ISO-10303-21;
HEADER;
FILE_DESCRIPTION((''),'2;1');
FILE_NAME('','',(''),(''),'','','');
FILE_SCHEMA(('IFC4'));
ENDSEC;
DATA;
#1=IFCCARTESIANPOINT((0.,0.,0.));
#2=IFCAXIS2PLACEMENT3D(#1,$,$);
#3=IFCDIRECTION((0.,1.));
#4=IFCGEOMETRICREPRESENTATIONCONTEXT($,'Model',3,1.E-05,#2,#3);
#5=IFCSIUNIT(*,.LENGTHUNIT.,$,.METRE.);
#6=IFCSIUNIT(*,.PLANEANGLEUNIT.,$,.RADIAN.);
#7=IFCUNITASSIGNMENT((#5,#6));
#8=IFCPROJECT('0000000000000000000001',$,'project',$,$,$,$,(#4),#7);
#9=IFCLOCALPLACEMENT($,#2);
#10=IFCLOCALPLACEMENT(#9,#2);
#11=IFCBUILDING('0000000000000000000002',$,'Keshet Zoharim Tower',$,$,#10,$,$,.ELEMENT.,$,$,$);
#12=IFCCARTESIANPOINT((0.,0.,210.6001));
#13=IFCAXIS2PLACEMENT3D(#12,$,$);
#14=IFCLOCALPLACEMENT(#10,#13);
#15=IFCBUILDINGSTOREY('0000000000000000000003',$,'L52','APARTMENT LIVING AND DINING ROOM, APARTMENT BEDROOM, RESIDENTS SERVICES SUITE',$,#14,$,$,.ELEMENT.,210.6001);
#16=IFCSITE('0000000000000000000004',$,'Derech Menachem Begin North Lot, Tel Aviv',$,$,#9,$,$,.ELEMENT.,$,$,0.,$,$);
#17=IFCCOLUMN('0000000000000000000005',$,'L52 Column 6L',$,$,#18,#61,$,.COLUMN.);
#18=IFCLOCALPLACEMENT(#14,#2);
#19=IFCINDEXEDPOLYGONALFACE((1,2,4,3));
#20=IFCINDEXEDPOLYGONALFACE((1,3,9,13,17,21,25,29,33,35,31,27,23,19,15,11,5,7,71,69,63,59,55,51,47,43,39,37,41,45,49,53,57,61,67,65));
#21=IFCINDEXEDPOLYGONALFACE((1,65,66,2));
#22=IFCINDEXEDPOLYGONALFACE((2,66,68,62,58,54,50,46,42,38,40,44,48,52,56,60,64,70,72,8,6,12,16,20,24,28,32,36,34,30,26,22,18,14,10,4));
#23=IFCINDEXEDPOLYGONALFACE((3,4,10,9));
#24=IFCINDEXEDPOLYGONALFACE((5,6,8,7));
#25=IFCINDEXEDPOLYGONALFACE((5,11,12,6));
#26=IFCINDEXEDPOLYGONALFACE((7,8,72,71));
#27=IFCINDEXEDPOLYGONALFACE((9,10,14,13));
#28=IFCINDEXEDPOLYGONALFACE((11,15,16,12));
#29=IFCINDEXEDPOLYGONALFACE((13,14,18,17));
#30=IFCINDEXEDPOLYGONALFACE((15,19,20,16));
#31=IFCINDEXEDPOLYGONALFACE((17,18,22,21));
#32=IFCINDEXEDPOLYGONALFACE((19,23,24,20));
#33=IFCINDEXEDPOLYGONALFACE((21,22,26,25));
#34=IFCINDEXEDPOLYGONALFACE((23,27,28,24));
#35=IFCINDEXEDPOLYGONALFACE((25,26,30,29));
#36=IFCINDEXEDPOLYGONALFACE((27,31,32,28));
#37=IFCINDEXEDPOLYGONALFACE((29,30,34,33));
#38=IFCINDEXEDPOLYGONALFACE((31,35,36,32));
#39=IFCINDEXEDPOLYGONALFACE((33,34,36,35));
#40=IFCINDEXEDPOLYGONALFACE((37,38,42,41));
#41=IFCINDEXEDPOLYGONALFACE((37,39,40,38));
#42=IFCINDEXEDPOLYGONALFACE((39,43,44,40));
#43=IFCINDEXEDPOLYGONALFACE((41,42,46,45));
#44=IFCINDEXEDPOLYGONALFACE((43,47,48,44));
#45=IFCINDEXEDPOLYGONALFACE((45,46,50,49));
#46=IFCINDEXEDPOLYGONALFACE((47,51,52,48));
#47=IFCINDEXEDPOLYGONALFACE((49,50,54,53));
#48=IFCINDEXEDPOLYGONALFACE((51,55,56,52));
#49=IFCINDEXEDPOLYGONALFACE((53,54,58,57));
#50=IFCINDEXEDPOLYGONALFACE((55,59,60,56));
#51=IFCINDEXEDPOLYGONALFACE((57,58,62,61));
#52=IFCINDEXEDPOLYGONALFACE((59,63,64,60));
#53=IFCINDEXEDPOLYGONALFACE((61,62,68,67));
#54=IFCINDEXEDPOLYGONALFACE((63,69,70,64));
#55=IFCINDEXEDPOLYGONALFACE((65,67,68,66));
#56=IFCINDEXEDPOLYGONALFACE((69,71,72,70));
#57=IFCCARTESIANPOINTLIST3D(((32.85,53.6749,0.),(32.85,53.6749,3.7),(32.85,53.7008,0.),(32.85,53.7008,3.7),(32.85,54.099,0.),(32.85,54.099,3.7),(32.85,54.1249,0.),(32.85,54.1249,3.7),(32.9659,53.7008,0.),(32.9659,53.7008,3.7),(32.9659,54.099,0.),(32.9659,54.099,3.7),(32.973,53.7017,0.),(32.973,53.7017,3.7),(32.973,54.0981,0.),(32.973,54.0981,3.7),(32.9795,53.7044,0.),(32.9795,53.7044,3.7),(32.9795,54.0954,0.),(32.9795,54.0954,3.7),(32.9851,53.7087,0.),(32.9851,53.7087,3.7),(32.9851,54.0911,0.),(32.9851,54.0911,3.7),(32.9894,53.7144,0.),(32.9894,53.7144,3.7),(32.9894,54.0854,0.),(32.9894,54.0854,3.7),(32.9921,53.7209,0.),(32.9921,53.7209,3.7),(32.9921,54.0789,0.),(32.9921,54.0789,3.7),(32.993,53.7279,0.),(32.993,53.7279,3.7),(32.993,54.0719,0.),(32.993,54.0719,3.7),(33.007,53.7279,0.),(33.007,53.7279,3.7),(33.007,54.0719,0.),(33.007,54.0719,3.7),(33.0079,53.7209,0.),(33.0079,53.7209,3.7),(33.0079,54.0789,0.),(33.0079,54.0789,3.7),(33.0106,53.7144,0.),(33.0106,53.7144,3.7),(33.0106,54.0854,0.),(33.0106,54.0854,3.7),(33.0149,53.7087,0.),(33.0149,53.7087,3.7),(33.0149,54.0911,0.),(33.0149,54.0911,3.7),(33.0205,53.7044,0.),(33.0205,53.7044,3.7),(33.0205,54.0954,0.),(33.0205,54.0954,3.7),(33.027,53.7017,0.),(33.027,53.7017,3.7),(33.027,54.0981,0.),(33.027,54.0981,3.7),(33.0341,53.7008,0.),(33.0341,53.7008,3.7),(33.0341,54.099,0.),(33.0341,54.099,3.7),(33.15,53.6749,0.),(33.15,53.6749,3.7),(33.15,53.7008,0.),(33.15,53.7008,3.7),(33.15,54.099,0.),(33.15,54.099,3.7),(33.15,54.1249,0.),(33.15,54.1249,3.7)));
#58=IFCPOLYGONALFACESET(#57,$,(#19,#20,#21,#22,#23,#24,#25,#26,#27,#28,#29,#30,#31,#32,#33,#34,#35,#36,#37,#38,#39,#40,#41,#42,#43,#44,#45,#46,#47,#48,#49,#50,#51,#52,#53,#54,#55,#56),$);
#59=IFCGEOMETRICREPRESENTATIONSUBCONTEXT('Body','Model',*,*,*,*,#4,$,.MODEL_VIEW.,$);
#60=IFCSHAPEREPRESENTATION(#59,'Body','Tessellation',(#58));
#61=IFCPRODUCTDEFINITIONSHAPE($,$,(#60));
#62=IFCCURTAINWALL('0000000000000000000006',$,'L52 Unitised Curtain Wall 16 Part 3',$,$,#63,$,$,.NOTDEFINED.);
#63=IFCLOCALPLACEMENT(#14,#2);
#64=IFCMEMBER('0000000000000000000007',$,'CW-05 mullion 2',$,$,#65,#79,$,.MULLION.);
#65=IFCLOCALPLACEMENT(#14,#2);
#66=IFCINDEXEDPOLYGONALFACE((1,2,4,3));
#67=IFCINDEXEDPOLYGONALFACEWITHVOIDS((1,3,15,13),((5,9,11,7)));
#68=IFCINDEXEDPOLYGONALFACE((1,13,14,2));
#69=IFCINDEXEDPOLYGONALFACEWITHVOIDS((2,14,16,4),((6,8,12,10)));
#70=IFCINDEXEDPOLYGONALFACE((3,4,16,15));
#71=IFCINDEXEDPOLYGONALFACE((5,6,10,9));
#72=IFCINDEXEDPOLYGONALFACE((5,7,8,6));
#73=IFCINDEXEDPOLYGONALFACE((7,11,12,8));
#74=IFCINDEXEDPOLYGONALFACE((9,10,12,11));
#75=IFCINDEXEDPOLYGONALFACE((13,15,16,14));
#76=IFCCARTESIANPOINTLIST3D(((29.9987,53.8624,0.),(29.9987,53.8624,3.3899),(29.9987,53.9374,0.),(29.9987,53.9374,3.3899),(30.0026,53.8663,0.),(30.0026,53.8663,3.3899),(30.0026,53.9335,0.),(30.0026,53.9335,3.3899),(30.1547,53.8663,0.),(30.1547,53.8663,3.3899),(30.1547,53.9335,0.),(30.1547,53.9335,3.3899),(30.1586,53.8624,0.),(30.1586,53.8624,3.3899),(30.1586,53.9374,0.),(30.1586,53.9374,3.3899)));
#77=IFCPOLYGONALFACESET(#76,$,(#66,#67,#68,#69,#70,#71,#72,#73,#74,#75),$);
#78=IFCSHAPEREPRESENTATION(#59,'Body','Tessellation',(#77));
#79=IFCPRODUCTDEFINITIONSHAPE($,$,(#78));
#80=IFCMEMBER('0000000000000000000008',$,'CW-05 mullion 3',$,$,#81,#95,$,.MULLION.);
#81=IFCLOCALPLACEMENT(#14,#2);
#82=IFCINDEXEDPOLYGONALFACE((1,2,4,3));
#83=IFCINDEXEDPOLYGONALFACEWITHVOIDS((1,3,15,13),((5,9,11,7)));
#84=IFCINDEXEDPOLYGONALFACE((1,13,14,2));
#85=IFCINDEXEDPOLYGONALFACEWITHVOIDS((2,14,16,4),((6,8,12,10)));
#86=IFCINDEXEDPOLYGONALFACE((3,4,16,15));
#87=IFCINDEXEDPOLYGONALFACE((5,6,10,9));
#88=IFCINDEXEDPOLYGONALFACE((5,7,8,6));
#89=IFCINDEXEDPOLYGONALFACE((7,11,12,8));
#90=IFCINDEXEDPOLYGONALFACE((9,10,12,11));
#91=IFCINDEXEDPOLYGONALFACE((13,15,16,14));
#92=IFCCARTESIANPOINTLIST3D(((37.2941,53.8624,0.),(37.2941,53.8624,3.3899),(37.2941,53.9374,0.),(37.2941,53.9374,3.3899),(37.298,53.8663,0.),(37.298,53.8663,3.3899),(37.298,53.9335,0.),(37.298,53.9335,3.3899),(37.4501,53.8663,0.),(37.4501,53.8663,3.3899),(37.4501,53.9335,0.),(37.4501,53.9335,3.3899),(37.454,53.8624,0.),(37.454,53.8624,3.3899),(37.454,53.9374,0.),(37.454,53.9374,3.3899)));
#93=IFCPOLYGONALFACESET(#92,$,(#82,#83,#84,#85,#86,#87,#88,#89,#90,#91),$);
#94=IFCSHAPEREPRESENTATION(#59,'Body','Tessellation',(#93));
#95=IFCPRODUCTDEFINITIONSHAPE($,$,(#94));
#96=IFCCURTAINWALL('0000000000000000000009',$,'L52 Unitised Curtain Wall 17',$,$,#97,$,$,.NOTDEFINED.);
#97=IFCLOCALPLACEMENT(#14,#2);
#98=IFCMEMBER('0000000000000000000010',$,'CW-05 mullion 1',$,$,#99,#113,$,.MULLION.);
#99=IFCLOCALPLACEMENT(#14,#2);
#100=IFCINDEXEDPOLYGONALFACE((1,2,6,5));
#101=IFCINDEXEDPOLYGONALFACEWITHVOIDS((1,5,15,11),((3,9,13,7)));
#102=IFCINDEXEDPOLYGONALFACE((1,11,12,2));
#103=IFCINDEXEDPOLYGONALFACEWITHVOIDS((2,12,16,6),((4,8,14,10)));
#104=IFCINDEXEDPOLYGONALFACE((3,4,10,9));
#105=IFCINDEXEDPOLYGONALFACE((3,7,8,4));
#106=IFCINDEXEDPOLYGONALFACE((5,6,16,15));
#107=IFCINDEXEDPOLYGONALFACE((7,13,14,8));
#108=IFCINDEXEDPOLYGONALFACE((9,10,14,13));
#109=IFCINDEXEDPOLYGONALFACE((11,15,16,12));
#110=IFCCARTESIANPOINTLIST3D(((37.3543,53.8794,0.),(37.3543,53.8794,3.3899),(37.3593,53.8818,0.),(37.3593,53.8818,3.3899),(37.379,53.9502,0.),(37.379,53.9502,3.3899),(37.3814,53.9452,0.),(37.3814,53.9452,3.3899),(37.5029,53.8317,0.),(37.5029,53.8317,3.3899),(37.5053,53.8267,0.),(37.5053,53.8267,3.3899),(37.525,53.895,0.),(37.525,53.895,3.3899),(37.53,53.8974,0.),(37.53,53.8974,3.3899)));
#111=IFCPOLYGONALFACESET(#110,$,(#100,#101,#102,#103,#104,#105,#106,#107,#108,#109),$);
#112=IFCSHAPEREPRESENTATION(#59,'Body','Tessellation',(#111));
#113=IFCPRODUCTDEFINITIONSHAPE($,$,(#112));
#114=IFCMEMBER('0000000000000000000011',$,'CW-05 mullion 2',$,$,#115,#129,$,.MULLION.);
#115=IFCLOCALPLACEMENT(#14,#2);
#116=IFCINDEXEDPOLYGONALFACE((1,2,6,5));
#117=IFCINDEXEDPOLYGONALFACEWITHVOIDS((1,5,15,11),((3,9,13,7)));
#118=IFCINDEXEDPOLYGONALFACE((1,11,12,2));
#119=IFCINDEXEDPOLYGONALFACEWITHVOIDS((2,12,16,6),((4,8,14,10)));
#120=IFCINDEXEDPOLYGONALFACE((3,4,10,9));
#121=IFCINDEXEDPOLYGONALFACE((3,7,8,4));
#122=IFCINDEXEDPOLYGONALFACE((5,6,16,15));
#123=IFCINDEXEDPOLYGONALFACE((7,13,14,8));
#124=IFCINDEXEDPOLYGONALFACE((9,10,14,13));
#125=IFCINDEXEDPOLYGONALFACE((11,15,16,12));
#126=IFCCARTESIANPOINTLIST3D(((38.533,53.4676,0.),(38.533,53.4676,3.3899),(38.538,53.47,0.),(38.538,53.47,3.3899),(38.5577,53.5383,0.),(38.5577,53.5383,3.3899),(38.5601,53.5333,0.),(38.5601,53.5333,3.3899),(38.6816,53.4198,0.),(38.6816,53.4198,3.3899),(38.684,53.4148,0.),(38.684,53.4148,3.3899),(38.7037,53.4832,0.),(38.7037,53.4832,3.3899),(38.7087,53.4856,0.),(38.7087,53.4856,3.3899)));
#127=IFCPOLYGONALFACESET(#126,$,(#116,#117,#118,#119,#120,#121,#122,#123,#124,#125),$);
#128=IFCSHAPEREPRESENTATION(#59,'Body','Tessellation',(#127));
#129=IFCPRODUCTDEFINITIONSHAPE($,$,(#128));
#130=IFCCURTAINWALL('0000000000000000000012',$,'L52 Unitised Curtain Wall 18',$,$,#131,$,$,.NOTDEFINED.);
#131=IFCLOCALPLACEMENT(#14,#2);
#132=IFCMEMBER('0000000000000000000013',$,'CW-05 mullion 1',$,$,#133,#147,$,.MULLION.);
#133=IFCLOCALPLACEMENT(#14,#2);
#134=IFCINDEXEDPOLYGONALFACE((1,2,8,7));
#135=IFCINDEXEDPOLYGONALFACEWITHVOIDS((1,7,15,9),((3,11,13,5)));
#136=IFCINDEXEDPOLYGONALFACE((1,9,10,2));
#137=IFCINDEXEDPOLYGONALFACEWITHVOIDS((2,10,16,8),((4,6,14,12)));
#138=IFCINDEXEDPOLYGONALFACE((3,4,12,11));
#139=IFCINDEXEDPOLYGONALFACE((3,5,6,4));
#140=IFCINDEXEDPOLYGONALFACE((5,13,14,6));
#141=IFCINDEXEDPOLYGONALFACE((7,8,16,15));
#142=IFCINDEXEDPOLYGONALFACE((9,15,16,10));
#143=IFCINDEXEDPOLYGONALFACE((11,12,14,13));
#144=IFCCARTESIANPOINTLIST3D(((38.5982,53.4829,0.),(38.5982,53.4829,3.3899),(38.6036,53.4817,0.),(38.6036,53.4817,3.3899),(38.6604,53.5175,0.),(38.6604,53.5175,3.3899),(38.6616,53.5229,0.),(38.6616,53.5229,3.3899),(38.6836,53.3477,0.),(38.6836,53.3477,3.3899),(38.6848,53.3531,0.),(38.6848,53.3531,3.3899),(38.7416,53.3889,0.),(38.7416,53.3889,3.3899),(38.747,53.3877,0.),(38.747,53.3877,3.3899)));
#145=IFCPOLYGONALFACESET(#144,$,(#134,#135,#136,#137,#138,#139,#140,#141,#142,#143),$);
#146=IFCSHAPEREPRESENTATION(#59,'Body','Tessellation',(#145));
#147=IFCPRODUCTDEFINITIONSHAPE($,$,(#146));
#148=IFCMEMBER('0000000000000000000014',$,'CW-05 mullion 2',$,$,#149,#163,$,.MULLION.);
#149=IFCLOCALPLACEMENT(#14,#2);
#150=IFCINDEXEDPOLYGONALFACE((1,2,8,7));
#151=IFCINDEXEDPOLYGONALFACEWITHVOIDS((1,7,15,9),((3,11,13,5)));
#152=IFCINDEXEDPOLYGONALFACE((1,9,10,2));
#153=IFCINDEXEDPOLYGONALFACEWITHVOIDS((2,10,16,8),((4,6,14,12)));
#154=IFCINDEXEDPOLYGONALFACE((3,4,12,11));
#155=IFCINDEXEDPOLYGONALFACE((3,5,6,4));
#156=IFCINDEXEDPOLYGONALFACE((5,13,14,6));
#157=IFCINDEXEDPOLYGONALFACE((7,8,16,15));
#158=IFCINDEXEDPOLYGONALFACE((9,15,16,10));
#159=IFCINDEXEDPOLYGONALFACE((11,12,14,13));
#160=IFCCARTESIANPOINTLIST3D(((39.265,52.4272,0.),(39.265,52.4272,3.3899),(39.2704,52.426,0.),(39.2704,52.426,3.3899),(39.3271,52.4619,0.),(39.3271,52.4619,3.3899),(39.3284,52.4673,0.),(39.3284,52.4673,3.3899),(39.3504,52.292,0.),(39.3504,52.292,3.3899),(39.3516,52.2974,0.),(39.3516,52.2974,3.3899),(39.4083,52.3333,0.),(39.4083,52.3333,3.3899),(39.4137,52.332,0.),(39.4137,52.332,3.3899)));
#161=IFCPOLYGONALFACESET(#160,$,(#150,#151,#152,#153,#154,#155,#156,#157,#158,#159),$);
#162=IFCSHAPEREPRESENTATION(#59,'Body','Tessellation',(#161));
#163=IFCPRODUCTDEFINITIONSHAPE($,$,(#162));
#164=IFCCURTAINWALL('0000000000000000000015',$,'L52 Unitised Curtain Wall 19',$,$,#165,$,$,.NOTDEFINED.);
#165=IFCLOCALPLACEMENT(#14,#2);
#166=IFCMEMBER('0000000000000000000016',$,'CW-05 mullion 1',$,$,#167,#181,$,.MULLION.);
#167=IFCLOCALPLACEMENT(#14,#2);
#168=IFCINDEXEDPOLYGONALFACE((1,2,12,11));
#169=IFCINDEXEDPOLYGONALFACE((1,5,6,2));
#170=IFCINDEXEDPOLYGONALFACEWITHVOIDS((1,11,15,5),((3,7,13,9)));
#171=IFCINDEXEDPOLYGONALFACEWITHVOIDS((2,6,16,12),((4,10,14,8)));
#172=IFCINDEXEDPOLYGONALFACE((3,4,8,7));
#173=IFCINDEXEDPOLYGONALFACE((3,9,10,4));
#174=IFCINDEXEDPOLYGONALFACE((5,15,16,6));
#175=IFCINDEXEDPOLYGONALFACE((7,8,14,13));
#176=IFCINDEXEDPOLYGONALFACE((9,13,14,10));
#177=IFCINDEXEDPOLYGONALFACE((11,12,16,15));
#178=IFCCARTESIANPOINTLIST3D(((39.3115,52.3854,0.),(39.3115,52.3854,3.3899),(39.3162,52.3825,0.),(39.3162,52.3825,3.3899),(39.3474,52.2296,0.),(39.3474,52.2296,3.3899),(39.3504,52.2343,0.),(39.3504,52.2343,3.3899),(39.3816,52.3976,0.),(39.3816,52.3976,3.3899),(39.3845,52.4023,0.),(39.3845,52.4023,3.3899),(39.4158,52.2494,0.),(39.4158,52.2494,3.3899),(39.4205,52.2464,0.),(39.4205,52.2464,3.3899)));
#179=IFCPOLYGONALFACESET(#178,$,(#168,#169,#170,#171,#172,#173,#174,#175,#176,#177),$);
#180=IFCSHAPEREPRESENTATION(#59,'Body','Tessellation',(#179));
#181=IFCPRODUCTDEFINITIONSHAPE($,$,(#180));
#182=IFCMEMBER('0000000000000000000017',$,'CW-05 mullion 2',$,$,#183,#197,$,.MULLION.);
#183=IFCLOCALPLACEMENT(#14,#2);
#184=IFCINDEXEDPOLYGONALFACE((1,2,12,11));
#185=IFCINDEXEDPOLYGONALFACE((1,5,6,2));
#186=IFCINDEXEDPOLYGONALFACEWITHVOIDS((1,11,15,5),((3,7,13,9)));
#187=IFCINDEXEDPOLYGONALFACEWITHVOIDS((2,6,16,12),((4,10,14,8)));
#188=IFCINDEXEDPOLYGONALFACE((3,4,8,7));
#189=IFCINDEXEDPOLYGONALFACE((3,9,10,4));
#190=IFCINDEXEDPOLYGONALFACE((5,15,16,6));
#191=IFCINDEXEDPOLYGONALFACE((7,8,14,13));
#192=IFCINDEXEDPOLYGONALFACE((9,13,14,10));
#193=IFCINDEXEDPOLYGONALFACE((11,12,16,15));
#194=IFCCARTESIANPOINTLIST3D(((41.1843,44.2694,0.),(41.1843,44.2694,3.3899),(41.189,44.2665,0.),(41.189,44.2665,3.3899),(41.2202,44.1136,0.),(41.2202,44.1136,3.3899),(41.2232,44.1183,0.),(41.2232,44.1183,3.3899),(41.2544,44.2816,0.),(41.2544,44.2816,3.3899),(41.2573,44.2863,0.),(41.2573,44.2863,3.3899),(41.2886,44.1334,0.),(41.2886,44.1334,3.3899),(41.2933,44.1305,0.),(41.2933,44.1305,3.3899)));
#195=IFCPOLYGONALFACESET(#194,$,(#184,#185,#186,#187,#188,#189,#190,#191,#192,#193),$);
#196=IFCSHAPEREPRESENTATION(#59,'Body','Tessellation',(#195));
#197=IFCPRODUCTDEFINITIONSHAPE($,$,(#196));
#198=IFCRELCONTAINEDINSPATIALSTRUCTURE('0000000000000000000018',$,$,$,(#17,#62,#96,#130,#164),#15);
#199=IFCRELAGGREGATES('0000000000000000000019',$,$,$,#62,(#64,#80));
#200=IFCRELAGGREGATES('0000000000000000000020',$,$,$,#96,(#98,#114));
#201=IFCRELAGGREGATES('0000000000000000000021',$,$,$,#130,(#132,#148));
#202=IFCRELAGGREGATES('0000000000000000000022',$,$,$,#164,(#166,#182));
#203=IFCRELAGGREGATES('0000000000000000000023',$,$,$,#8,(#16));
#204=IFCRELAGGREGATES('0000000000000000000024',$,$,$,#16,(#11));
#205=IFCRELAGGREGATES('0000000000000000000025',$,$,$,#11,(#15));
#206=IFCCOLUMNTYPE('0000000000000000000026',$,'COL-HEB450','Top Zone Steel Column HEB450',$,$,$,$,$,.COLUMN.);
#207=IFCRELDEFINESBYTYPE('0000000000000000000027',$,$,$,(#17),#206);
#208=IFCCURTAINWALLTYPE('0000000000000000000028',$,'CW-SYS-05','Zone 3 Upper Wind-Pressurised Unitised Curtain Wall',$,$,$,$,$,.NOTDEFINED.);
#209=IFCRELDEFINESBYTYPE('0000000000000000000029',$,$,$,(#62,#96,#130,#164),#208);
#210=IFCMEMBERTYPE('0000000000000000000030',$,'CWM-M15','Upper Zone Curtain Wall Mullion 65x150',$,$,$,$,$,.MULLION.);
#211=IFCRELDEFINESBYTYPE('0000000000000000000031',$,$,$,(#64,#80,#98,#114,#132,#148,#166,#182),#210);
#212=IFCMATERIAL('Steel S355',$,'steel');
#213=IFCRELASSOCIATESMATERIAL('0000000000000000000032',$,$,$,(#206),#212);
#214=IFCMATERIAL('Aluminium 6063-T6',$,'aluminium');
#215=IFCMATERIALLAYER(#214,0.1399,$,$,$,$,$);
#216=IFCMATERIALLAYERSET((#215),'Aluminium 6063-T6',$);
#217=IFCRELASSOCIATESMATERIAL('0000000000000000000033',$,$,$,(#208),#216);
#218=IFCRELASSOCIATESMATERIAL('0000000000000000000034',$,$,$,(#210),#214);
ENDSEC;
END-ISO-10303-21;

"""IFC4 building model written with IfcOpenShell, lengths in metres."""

from ifc_helpers import new_model, si_unit, direction, frame, origin, origin_2d, place, context, subcontext, project, spatial, hollow_rectangle, i_section, extrude, material, layer, layer_set, material_profile, profile_set, type_object, element, aggregate, save


model = new_model("IFC4")

# Units and contexts
model_context = context("Model", 3, precision=1e-05, world=origin(), true_north=direction((0.0, 1.0)))
body_context = subcontext(model_context, "Body", "Model", "MODEL_VIEW")
ifc_project = project(units=[si_unit("LENGTHUNIT", "METRE"), si_unit("PLANEANGLEUNIT", "RADIAN")], contexts=[model_context])

# Site, building, storey
site_placement = place(None, origin())
site = spatial("IfcSite", under=ifc_project, at=site_placement, Name="Derech Menachem Begin North Lot, Tel Aviv", CompositionType="ELEMENT", RefElevation=0.0)
building_placement = place(site_placement, origin())
building = spatial("IfcBuilding", under=site, at=building_placement, Name="Keshet Zoharim Tower", CompositionType="ELEMENT")
storey_placement = place(building_placement, frame((0.0, 0.0, 210.6001)))
storey = spatial("IfcBuildingStorey", under=building, at=storey_placement, Name="L52", Description="APARTMENT LIVING AND DINING ROOM, APARTMENT BEDROOM, RESIDENTS SERVICES SUITE", CompositionType="ELEMENT", Elevation=210.6001)

# Column
ifc_material_1 = material(Name="Steel S355", Category="steel")
ifc_material_profile_1 = material_profile(ifc_material_1, i_section(OverallWidth=0.3, OverallDepth=0.45, WebThickness=0.0139, FlangeThickness=0.0259, FilletRadius=0.0271, at=origin_2d()), Name="HEB450")
ifc_profile_set_1 = profile_set([ifc_material_profile_1], Name="Steel S355")
column_type = type_object("IfcColumnType", Name="COL-HEB450", Description="Top Zone Steel Column HEB450", PredefinedType="COLUMN", material=ifc_profile_set_1)
column_placement = place(storey_placement, frame((33.0, 53.8999, 0.0), z_axis=(0.0, 0.0, 1.0), x_axis=(1.0, 0.0, 0.0)))
element("IfcColumn", 1, at=column_placement, inside=storey, type_object=column_type, Name="L52 Column 6L", PredefinedType="COLUMN", context=body_context, shape_type="SweptSolid", body=[
    extrude(i_section(OverallWidth=0.3, OverallDepth=0.45, WebThickness=0.0139, FlangeThickness=0.0259, FilletRadius=0.0271, at=origin_2d()), origin(), (0.0, 0.0, 1.0), 3.7),
])

# Curtain walls, members
ifc_material_2 = material(Name="Aluminium 6063-T6", Category="aluminium")
ifc_layer_1 = layer(ifc_material_2, 0.1399)
ifc_layer_set_1 = layer_set([ifc_layer_1], Name="Aluminium 6063-T6")
curtain_wall_type = type_object("IfcCurtainWallType", Name="CW-SYS-05", Description="Zone 3 Upper Wind-Pressurised Unitised Curtain Wall", PredefinedType="NOTDEFINED", material=ifc_layer_set_1)
curtain_wall_1_placement = place(storey_placement, origin())
curtain_wall_1 = element("IfcCurtainWall", 2, at=curtain_wall_1_placement, inside=storey, type_object=curtain_wall_type, Name="L52 Unitised Curtain Wall 16 Part 3", PredefinedType="NOTDEFINED")
ifc_material_profile_2 = material_profile(ifc_material_2, hollow_rectangle(XDim=0.075, YDim=0.1599, WallThickness=0.0039, at=origin_2d()), Name="MUL-75x160")
ifc_profile_set_2 = profile_set([ifc_material_profile_2], Name="Aluminium 6063-T6")
member_type_1 = type_object("IfcMemberType", Name="CWM-M15", Description="Upper Zone Curtain Wall Mullion 65x150", PredefinedType="MULLION", material=ifc_profile_set_2)
member_1_placement = place(storey_placement, frame((30.0786, 53.8999, 0.0), z_axis=(0.0, 0.0, 1.0), x_axis=(0.0, 1.0, 0.0)))
member_1 = element("IfcMember", 3, at=member_1_placement, type_object=member_type_1, Name="CW-05 mullion 2", PredefinedType="MULLION", context=body_context, shape_type="SweptSolid", body=[
    extrude(hollow_rectangle(XDim=0.075, YDim=0.1599, WallThickness=0.0039, at=origin_2d()), origin(), (0.0, 0.0, 1.0), 3.3899),
])
member_2_placement = place(storey_placement, frame((37.374, 53.8999, 0.0), z_axis=(0.0, 0.0, 1.0), x_axis=(0.0, 1.0, 0.0)))
member_2 = element("IfcMember", 4, at=member_2_placement, type_object=member_type_1, Name="CW-05 mullion 3", PredefinedType="MULLION", context=body_context, shape_type="SweptSolid", body=[
    extrude(hollow_rectangle(XDim=0.075, YDim=0.1599, WallThickness=0.0039, at=origin_2d()), origin(), (0.0, 0.0, 1.0), 3.3899),
])
curtain_wall_2_placement = place(storey_placement, origin())
curtain_wall_2 = element("IfcCurtainWall", 5, at=curtain_wall_2_placement, inside=storey, type_object=curtain_wall_type, Name="L52 Unitised Curtain Wall 17", PredefinedType="NOTDEFINED")
member_3_placement = place(storey_placement, frame((37.4421, 53.8884, 0.0), z_axis=(0.0, 0.0, 1.0), x_axis=(0.329844, 0.944036, 0.0)))
member_3 = element("IfcMember", 6, at=member_3_placement, type_object=member_type_1, Name="CW-05 mullion 1", PredefinedType="MULLION", context=body_context, shape_type="SweptSolid", body=[
    extrude(hollow_rectangle(XDim=0.075, YDim=0.1599, WallThickness=0.0039, at=origin_2d()), origin(), (0.0, 0.0, 1.0), 3.3899),
])
member_4_placement = place(storey_placement, frame((38.6208, 53.4766, 0.0), z_axis=(0.0, 0.0, 1.0), x_axis=(0.329844, 0.944036, 0.0)))
member_4 = element("IfcMember", 7, at=member_4_placement, type_object=member_type_1, Name="CW-05 mullion 2", PredefinedType="MULLION", context=body_context, shape_type="SweptSolid", body=[
    extrude(hollow_rectangle(XDim=0.075, YDim=0.1599, WallThickness=0.0039, at=origin_2d()), origin(), (0.0, 0.0, 1.0), 3.3899),
])
curtain_wall_3_placement = place(storey_placement, origin())
curtain_wall_3 = element("IfcCurtainWall", 8, at=curtain_wall_3_placement, inside=storey, type_object=curtain_wall_type, Name="L52 Unitised Curtain Wall 18", PredefinedType="NOTDEFINED")
member_5_placement = place(storey_placement, frame((38.6726, 53.4353, 0.0), z_axis=(0.0, 0.0, 1.0), x_axis=(0.845561, 0.533879, 0.0)))
member_5 = element("IfcMember", 9, at=member_5_placement, type_object=member_type_1, Name="CW-05 mullion 1", PredefinedType="MULLION", context=body_context, shape_type="SweptSolid", body=[
    extrude(hollow_rectangle(XDim=0.075, YDim=0.1599, WallThickness=0.0039, at=origin_2d()), origin(), (0.0, 0.0, 1.0), 3.3899),
])
member_6_placement = place(storey_placement, frame((39.3394, 52.3796, 0.0), z_axis=(0.0, 0.0, 1.0), x_axis=(0.845561, 0.533879, 0.0)))
member_6 = element("IfcMember", 10, at=member_6_placement, type_object=member_type_1, Name="CW-05 mullion 2", PredefinedType="MULLION", context=body_context, shape_type="SweptSolid", body=[
    extrude(hollow_rectangle(XDim=0.075, YDim=0.1599, WallThickness=0.0039, at=origin_2d()), origin(), (0.0, 0.0, 1.0), 3.3899),
])
curtain_wall_4_placement = place(storey_placement, origin())
curtain_wall_4 = element("IfcCurtainWall", 11, at=curtain_wall_4_placement, inside=storey, type_object=curtain_wall_type, Name="L52 Unitised Curtain Wall 19", PredefinedType="NOTDEFINED")
member_7_placement = place(storey_placement, frame((39.366, 52.3159, 0.0), z_axis=(0.0, 0.0, 1.0), x_axis=(0.974394, 0.224848, 0.0)))
member_7 = element("IfcMember", 12, at=member_7_placement, type_object=member_type_1, Name="CW-05 mullion 1", PredefinedType="MULLION", context=body_context, shape_type="SweptSolid", body=[
    extrude(hollow_rectangle(XDim=0.075, YDim=0.1599, WallThickness=0.0039, at=origin_2d()), origin(), (0.0, 0.0, 1.0), 3.3899),
])
member_8_placement = place(storey_placement, frame((41.2388, 44.2, 0.0), z_axis=(0.0, 0.0, 1.0), x_axis=(0.974394, 0.224848, 0.0)))
member_8 = element("IfcMember", 13, at=member_8_placement, type_object=member_type_1, Name="CW-05 mullion 2", PredefinedType="MULLION", context=body_context, shape_type="SweptSolid", body=[
    extrude(hollow_rectangle(XDim=0.075, YDim=0.1599, WallThickness=0.0039, at=origin_2d()), origin(), (0.0, 0.0, 1.0), 3.3899),
])

aggregate(curtain_wall_1, [member_1, member_2])
aggregate(curtain_wall_2, [member_3, member_4])
aggregate(curtain_wall_3, [member_5, member_6])
aggregate(curtain_wall_4, [member_7, member_8])

save(model, "model.ifc")
